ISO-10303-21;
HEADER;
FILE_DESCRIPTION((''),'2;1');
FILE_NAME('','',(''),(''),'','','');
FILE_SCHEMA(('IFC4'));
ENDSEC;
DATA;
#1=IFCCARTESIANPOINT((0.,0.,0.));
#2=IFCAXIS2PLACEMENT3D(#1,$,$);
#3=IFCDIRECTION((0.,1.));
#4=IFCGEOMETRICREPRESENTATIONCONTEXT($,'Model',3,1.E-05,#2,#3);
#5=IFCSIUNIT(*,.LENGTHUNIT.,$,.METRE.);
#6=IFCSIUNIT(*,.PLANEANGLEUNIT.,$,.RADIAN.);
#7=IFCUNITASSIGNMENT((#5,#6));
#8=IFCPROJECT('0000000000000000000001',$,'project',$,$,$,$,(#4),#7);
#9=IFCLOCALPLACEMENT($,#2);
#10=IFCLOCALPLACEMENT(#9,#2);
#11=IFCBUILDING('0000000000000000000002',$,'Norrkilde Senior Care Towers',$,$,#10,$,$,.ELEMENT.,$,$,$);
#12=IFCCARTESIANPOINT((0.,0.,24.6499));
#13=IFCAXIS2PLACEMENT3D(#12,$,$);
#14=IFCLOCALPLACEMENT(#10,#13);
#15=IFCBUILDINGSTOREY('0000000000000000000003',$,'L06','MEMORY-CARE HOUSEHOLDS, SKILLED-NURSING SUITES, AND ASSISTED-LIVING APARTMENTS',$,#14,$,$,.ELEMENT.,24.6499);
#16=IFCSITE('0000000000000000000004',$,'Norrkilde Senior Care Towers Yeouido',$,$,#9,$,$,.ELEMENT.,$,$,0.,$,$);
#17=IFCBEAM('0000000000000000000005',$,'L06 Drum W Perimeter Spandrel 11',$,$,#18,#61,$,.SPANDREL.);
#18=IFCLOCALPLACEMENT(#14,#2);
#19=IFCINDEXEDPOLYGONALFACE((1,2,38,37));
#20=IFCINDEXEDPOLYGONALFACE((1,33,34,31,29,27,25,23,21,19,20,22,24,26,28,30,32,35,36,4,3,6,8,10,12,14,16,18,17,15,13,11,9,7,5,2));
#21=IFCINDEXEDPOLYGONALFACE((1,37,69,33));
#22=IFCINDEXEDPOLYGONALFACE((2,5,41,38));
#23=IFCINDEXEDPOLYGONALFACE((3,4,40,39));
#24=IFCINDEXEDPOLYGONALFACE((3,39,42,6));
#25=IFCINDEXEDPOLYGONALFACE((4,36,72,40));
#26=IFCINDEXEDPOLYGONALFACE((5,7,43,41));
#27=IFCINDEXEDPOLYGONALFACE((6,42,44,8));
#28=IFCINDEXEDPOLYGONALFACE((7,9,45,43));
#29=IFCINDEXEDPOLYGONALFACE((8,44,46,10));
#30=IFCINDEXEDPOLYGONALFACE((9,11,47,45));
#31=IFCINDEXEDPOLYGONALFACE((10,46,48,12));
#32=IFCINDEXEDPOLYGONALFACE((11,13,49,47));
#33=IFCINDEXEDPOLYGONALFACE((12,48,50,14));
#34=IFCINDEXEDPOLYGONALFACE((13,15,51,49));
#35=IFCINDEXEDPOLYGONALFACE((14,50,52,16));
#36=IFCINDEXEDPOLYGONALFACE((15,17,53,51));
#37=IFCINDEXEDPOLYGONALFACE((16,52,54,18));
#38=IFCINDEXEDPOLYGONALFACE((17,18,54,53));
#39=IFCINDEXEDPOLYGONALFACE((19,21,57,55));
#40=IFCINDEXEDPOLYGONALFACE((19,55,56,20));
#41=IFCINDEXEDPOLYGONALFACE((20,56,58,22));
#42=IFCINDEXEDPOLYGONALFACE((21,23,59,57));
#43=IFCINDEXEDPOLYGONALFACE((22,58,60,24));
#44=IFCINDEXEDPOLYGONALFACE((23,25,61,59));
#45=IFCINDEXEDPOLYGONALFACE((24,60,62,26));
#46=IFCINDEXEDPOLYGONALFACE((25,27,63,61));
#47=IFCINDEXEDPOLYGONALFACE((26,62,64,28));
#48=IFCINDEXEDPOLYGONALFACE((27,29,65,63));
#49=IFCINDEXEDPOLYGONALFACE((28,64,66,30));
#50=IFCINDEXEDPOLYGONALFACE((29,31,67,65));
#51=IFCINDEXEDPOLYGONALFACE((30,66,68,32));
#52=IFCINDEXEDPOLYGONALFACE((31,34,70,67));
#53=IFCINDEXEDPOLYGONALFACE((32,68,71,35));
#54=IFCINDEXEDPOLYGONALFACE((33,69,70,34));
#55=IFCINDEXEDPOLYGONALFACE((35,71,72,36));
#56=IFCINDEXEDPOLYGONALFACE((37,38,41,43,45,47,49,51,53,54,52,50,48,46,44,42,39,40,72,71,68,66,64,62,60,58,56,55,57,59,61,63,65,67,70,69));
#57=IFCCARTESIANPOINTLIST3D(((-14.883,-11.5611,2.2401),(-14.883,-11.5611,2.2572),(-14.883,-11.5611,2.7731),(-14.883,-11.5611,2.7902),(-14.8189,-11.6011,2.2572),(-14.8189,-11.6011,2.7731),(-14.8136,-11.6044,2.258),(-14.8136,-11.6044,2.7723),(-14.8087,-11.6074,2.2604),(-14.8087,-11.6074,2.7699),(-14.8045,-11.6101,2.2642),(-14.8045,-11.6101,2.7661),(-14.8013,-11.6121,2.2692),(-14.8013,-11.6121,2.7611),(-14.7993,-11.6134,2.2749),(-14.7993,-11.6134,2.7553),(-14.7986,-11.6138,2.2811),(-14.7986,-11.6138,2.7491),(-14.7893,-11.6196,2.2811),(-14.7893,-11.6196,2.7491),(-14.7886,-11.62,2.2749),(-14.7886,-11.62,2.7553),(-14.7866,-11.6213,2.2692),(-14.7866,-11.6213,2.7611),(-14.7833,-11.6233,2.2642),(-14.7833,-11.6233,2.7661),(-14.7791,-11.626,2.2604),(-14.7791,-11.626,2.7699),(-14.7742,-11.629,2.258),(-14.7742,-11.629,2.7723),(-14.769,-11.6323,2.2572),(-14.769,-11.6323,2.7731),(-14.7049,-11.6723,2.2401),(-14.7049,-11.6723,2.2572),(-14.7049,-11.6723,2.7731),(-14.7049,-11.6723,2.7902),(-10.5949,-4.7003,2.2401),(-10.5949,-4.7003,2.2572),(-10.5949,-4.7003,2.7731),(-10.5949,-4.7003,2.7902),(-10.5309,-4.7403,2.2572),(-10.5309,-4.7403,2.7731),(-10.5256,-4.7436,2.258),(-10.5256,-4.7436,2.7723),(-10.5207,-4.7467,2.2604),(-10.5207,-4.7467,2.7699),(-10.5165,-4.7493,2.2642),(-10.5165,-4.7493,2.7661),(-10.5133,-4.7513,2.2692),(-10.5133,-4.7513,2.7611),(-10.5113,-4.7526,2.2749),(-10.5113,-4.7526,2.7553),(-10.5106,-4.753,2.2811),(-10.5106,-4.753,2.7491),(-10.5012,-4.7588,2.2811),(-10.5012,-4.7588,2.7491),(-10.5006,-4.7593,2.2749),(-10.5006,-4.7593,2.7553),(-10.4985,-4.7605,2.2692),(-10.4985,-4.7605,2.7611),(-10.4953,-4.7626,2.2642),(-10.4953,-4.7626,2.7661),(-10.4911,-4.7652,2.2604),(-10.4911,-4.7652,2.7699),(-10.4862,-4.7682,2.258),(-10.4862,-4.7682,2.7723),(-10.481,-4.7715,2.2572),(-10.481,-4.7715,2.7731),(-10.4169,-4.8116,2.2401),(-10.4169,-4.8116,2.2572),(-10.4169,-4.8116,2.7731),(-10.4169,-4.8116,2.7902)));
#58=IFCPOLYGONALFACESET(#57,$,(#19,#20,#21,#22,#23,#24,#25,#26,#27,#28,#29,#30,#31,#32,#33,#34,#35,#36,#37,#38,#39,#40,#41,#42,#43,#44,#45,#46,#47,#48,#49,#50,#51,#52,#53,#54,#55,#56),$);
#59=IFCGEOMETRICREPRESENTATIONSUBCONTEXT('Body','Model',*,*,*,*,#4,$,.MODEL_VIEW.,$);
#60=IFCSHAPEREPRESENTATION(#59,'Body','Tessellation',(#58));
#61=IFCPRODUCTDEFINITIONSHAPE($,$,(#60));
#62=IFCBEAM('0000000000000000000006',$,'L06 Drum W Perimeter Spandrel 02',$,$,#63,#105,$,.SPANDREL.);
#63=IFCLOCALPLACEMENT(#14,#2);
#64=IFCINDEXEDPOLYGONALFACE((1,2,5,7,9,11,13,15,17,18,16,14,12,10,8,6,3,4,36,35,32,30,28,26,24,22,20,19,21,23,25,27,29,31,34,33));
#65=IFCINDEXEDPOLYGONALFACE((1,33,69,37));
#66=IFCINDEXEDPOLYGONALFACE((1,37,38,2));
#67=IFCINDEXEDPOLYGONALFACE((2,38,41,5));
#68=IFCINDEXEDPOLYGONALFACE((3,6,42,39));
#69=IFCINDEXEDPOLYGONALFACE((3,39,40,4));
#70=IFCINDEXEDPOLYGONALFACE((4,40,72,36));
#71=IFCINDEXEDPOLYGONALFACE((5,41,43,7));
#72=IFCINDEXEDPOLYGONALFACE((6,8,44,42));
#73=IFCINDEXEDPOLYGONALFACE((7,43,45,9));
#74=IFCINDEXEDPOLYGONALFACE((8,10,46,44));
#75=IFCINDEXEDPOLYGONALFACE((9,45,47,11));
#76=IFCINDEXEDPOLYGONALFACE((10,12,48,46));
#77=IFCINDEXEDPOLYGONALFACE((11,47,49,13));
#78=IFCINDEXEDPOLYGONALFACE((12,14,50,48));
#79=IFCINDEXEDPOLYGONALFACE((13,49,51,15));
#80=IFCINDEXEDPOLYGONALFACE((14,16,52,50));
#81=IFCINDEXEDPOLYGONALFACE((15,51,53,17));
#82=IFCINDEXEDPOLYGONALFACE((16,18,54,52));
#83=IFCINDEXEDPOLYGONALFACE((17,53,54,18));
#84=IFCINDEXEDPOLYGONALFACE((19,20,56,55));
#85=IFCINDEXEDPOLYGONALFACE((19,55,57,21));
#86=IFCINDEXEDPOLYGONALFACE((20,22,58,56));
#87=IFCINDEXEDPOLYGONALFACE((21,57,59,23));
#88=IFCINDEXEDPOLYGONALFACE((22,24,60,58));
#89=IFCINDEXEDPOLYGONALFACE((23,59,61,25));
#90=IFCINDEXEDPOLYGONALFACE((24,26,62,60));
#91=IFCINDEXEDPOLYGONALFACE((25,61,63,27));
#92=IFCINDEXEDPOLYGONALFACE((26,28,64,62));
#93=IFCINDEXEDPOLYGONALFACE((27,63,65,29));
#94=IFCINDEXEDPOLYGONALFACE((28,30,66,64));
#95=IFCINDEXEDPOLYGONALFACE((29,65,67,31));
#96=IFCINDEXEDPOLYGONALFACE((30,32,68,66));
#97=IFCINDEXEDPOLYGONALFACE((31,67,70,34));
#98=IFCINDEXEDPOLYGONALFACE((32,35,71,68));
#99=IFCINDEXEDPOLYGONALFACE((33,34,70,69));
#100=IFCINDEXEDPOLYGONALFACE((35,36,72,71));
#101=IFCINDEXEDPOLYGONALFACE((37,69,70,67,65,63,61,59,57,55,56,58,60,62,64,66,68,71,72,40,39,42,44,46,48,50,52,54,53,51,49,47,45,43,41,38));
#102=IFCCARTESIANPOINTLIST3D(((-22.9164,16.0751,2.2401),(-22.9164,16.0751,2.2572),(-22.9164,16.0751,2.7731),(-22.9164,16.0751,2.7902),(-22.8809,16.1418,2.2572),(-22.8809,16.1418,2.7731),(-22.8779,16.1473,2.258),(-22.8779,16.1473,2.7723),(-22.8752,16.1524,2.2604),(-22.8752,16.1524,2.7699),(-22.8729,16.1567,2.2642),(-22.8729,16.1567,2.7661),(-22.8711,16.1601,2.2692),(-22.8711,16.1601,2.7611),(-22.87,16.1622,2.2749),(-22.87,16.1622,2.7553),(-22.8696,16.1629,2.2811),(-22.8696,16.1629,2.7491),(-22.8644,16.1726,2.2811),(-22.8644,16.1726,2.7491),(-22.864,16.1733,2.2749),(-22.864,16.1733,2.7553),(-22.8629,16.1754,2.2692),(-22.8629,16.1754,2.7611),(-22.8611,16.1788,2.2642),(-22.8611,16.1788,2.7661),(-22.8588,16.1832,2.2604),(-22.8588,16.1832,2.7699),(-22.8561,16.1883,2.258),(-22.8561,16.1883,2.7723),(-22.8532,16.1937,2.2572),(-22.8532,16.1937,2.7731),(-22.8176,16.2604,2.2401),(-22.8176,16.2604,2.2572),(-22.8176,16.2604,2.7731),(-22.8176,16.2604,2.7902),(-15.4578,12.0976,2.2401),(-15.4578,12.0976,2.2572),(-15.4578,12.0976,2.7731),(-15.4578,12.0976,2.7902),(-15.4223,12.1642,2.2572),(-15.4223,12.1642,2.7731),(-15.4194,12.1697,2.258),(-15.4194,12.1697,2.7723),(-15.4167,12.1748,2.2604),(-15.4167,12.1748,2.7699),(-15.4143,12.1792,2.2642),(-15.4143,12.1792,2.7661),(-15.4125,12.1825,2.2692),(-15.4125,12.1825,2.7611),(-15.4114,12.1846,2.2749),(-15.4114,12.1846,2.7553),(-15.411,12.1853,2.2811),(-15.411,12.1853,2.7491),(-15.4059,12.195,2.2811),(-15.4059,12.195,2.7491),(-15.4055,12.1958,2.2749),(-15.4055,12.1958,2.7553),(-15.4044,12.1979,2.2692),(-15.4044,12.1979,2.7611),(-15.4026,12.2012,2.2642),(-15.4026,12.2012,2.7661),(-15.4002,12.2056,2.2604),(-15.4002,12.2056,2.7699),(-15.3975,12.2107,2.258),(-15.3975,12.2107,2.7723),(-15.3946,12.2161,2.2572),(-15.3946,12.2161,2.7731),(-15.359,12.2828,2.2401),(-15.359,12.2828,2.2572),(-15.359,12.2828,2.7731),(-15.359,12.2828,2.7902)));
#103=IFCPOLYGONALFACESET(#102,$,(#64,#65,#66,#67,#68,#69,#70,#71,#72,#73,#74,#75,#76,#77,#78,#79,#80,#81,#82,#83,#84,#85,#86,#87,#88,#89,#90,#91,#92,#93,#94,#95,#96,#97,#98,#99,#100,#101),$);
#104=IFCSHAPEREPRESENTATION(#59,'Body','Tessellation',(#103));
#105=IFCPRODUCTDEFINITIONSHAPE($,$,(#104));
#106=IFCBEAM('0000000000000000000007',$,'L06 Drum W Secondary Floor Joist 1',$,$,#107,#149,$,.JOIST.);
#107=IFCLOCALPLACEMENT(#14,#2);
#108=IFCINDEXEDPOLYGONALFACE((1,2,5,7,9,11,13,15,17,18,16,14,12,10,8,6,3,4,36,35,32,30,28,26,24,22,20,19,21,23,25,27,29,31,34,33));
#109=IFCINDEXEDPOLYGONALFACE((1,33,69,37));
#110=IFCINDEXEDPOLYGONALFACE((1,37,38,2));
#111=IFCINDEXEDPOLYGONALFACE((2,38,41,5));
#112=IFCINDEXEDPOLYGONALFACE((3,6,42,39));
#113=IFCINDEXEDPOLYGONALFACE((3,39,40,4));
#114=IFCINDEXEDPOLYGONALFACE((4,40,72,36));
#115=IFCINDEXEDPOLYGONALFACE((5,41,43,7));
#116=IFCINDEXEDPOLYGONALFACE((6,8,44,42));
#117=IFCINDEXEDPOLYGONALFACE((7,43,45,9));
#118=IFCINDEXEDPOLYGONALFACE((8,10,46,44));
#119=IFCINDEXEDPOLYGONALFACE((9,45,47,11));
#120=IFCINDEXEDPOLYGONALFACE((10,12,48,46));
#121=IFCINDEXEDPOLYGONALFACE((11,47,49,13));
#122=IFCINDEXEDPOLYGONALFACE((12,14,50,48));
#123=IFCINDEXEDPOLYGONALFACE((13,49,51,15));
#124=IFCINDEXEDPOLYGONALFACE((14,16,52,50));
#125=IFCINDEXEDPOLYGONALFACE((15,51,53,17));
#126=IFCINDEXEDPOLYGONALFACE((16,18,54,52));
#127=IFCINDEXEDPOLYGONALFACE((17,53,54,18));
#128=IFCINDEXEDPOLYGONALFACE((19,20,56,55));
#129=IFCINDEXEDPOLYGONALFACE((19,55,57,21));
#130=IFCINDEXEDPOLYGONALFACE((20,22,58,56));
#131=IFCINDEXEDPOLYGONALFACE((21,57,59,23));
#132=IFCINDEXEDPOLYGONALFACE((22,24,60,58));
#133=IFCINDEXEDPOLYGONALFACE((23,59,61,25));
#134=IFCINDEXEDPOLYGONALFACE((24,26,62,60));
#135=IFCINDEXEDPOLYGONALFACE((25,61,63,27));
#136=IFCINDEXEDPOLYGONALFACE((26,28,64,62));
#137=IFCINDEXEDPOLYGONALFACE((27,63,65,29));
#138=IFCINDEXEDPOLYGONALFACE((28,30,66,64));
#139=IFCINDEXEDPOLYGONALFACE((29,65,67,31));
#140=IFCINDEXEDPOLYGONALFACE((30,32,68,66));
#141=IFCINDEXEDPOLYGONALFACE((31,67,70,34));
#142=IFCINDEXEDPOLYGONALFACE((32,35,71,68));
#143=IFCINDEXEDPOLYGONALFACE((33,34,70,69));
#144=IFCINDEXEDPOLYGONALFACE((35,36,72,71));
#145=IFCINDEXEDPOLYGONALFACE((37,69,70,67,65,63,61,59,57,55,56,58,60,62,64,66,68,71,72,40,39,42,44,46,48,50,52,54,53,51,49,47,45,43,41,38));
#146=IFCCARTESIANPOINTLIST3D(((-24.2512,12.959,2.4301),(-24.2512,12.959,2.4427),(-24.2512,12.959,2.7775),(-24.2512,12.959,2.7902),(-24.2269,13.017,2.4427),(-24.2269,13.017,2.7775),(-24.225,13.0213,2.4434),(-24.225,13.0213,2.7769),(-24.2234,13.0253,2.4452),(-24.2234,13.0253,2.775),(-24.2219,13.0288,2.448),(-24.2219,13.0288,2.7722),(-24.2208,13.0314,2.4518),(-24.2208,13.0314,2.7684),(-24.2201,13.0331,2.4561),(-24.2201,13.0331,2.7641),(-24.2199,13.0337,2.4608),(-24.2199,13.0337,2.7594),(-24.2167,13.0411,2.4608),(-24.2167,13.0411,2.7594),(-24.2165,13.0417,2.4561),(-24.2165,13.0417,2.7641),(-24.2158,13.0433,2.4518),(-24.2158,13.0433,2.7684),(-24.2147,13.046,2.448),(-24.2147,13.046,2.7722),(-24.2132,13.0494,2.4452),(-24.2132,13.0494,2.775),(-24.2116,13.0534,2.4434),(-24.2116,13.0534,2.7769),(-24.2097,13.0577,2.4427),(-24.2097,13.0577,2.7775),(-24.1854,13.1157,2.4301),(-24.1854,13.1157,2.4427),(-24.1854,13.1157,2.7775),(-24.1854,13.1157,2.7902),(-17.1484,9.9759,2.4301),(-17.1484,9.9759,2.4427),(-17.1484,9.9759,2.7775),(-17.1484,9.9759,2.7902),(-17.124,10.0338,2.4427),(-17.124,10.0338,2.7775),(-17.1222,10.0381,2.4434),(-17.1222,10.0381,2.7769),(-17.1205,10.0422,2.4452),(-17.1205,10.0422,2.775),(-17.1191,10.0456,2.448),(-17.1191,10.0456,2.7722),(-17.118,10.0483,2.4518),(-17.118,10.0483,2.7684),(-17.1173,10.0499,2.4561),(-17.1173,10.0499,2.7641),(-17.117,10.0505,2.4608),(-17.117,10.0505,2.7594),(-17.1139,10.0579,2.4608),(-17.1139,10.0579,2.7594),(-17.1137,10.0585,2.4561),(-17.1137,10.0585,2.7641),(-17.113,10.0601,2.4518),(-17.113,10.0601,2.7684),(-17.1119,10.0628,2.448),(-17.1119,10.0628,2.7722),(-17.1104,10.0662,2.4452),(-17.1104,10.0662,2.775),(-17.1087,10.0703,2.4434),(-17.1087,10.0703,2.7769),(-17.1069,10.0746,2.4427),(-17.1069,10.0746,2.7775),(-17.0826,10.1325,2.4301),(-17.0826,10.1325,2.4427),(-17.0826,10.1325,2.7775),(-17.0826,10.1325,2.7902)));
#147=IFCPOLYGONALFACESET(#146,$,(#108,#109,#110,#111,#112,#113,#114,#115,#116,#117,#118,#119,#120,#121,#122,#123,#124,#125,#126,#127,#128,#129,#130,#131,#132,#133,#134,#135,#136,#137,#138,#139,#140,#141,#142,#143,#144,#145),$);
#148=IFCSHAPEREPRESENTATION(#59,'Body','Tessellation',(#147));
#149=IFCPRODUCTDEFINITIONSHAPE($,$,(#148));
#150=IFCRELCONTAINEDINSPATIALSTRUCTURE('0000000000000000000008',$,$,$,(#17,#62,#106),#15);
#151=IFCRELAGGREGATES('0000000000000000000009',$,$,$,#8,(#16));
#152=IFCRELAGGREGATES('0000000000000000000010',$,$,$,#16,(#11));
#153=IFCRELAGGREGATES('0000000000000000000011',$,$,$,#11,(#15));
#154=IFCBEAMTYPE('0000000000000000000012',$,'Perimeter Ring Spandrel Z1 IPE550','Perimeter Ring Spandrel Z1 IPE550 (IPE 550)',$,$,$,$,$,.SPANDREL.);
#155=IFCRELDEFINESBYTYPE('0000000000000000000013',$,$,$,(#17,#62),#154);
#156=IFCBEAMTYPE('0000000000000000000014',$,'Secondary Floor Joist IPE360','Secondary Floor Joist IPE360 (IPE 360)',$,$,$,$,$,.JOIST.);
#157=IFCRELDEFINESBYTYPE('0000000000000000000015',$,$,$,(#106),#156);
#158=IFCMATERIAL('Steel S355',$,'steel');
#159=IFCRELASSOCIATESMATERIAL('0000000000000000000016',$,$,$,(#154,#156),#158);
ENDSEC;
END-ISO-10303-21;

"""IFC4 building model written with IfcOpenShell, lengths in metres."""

from ifc_helpers import new_model, si_unit, direction, frame, origin, origin_2d, place, context, subcontext, project, spatial, i_section, extrude, source, transform, mapped, material, material_profile, profile_set, type_object, type_shapes, element, save


model = new_model("IFC4")

# Units and contexts
model_context = context("Model", 3, precision=1e-05, world=origin(), true_north=direction((0.0, 1.0)))
body_context = subcontext(model_context, "Body", "Model", "MODEL_VIEW")
ifc_project = project(units=[si_unit("LENGTHUNIT", "METRE"), si_unit("PLANEANGLEUNIT", "RADIAN")], contexts=[model_context])

# Site, building, storey
site_placement = place(None, origin())
site = spatial("IfcSite", under=ifc_project, at=site_placement, Name="Norrkilde Senior Care Towers Yeouido", CompositionType="ELEMENT", RefElevation=0.0)
building_placement = place(site_placement, origin())
building = spatial("IfcBuilding", under=site, at=building_placement, Name="Norrkilde Senior Care Towers", CompositionType="ELEMENT")
storey_placement = place(building_placement, frame((0.0, 0.0, 24.6499)))
storey = spatial("IfcBuildingStorey", under=building, at=storey_placement, Name="L06", Description="MEMORY-CARE HOUSEHOLDS, SKILLED-NURSING SUITES, AND ASSISTED-LIVING APARTMENTS", CompositionType="ELEMENT", Elevation=24.6499)

# Beams
ifc_material_1 = material(Name="Steel S355", Category="steel")
ifc_material_profile_1 = material_profile(ifc_material_1, i_section(OverallWidth=0.21, OverallDepth=0.55, WebThickness=0.011, FlangeThickness=0.0171, FilletRadius=0.0239, at=origin_2d()), Name="IPE 550")
ifc_profile_set_1 = profile_set([ifc_material_profile_1], Name="Steel S355")
beam_type_1 = type_object("IfcBeamType", Name="Perimeter Ring Spandrel Z1 IPE550", Description="Perimeter Ring Spandrel Z1 IPE550 (IPE 550)", PredefinedType="SPANDREL", material=ifc_profile_set_1)
shared_shape_1 = source(origin(), body_context, "Body", "SweptSolid", [
    extrude(i_section(OverallWidth=0.21, OverallDepth=0.55, WebThickness=0.011, FlangeThickness=0.0171, FilletRadius=0.0239, at=origin_2d()), origin(), (0.0, 0.0, 1.0), 8.0906),
])
for number, where, z_axis, x_axis, name in (
    (1, (-14.7939, -11.6167, 2.5151), (0.530004, 0.847995, 0.0), (-0.847995, 0.530004, 0.0), "L06 Drum W Perimeter Spandrel 11"),
):
    element("IfcBeam", number, at=place(storey_placement, frame(where, z_axis=z_axis, x_axis=x_axis)), inside=storey, type_object=beam_type_1, Name=name, PredefinedType="SPANDREL", context=body_context, shape_type="MappedRepresentation", body=[
        mapped(shared_shape_1, transform((0.0, 0.0, 0.0), x_axis=(1.0, 0.0, 0.0), y_axis=(0.0, 1.0, 0.0), z_axis=(0.0, 0.0, 1.0), scale=1.0)),
    ])
shared_shape_2 = source(origin(), body_context, "Body", "SweptSolid", [
    extrude(i_section(OverallWidth=0.21, OverallDepth=0.55, WebThickness=0.011, FlangeThickness=0.0171, FilletRadius=0.0239, at=origin_2d()), origin(), (0.0, 0.0, 1.0), 8.4529),
])
type_shapes(beam_type_1, [shared_shape_1, shared_shape_2])
beam_1_placement = place(storey_placement, frame((-15.4084, 12.1902, 2.5151), z_axis=(-0.882369, 0.470558, 0.0), x_axis=(-0.470558, -0.882369, 0.0)))
element("IfcBeam", 2, at=beam_1_placement, inside=storey, type_object=beam_type_1, Name="L06 Drum W Perimeter Spandrel 02", PredefinedType="SPANDREL", context=body_context, shape_type="MappedRepresentation", body=[
    mapped(shared_shape_2, transform((0.0, 0.0, 0.0), x_axis=(1.0, 0.0, 0.0), y_axis=(0.0, 1.0, 0.0), z_axis=(0.0, 0.0, 1.0), scale=1.0)),
])
ifc_material_profile_2 = material_profile(ifc_material_1, i_section(OverallWidth=0.1699, OverallDepth=0.3601, WebThickness=0.0081, FlangeThickness=0.0127, FilletRadius=0.0181, at=origin_2d()), Name="IPE 360")
ifc_profile_set_2 = profile_set([ifc_material_profile_2], Name="Steel S355")
beam_type_2 = type_object("IfcBeamType", Name="Secondary Floor Joist IPE360", Description="Secondary Floor Joist IPE360 (IPE 360)", PredefinedType="JOIST", material=ifc_profile_set_2)
shared_shape_3 = source(origin(), body_context, "Body", "SweptSolid", [
    extrude(i_section(OverallWidth=0.1699, OverallDepth=0.3601, WebThickness=0.0081, FlangeThickness=0.0127, FilletRadius=0.0181, at=origin_2d()), origin(), (0.0, 0.0, 1.0), 7.7039),
])
beam_2_placement = place(storey_placement, frame((-17.1155, 10.0542, 2.6101), z_axis=(-0.921983, 0.387231, 0.0), x_axis=(-0.387231, -0.921983, 0.0)))
element("IfcBeam", 3, at=beam_2_placement, inside=storey, type_object=beam_type_2, Name="L06 Drum W Secondary Floor Joist 1", PredefinedType="JOIST", context=body_context, shape_type="MappedRepresentation", body=[
    mapped(shared_shape_3, transform((0.0, 0.0, 0.0), x_axis=(1.0, 0.0, 0.0), y_axis=(0.0, 1.0, 0.0), z_axis=(0.0, 0.0, 1.0), scale=1.0)),
])

save(model, "model.ifc")
